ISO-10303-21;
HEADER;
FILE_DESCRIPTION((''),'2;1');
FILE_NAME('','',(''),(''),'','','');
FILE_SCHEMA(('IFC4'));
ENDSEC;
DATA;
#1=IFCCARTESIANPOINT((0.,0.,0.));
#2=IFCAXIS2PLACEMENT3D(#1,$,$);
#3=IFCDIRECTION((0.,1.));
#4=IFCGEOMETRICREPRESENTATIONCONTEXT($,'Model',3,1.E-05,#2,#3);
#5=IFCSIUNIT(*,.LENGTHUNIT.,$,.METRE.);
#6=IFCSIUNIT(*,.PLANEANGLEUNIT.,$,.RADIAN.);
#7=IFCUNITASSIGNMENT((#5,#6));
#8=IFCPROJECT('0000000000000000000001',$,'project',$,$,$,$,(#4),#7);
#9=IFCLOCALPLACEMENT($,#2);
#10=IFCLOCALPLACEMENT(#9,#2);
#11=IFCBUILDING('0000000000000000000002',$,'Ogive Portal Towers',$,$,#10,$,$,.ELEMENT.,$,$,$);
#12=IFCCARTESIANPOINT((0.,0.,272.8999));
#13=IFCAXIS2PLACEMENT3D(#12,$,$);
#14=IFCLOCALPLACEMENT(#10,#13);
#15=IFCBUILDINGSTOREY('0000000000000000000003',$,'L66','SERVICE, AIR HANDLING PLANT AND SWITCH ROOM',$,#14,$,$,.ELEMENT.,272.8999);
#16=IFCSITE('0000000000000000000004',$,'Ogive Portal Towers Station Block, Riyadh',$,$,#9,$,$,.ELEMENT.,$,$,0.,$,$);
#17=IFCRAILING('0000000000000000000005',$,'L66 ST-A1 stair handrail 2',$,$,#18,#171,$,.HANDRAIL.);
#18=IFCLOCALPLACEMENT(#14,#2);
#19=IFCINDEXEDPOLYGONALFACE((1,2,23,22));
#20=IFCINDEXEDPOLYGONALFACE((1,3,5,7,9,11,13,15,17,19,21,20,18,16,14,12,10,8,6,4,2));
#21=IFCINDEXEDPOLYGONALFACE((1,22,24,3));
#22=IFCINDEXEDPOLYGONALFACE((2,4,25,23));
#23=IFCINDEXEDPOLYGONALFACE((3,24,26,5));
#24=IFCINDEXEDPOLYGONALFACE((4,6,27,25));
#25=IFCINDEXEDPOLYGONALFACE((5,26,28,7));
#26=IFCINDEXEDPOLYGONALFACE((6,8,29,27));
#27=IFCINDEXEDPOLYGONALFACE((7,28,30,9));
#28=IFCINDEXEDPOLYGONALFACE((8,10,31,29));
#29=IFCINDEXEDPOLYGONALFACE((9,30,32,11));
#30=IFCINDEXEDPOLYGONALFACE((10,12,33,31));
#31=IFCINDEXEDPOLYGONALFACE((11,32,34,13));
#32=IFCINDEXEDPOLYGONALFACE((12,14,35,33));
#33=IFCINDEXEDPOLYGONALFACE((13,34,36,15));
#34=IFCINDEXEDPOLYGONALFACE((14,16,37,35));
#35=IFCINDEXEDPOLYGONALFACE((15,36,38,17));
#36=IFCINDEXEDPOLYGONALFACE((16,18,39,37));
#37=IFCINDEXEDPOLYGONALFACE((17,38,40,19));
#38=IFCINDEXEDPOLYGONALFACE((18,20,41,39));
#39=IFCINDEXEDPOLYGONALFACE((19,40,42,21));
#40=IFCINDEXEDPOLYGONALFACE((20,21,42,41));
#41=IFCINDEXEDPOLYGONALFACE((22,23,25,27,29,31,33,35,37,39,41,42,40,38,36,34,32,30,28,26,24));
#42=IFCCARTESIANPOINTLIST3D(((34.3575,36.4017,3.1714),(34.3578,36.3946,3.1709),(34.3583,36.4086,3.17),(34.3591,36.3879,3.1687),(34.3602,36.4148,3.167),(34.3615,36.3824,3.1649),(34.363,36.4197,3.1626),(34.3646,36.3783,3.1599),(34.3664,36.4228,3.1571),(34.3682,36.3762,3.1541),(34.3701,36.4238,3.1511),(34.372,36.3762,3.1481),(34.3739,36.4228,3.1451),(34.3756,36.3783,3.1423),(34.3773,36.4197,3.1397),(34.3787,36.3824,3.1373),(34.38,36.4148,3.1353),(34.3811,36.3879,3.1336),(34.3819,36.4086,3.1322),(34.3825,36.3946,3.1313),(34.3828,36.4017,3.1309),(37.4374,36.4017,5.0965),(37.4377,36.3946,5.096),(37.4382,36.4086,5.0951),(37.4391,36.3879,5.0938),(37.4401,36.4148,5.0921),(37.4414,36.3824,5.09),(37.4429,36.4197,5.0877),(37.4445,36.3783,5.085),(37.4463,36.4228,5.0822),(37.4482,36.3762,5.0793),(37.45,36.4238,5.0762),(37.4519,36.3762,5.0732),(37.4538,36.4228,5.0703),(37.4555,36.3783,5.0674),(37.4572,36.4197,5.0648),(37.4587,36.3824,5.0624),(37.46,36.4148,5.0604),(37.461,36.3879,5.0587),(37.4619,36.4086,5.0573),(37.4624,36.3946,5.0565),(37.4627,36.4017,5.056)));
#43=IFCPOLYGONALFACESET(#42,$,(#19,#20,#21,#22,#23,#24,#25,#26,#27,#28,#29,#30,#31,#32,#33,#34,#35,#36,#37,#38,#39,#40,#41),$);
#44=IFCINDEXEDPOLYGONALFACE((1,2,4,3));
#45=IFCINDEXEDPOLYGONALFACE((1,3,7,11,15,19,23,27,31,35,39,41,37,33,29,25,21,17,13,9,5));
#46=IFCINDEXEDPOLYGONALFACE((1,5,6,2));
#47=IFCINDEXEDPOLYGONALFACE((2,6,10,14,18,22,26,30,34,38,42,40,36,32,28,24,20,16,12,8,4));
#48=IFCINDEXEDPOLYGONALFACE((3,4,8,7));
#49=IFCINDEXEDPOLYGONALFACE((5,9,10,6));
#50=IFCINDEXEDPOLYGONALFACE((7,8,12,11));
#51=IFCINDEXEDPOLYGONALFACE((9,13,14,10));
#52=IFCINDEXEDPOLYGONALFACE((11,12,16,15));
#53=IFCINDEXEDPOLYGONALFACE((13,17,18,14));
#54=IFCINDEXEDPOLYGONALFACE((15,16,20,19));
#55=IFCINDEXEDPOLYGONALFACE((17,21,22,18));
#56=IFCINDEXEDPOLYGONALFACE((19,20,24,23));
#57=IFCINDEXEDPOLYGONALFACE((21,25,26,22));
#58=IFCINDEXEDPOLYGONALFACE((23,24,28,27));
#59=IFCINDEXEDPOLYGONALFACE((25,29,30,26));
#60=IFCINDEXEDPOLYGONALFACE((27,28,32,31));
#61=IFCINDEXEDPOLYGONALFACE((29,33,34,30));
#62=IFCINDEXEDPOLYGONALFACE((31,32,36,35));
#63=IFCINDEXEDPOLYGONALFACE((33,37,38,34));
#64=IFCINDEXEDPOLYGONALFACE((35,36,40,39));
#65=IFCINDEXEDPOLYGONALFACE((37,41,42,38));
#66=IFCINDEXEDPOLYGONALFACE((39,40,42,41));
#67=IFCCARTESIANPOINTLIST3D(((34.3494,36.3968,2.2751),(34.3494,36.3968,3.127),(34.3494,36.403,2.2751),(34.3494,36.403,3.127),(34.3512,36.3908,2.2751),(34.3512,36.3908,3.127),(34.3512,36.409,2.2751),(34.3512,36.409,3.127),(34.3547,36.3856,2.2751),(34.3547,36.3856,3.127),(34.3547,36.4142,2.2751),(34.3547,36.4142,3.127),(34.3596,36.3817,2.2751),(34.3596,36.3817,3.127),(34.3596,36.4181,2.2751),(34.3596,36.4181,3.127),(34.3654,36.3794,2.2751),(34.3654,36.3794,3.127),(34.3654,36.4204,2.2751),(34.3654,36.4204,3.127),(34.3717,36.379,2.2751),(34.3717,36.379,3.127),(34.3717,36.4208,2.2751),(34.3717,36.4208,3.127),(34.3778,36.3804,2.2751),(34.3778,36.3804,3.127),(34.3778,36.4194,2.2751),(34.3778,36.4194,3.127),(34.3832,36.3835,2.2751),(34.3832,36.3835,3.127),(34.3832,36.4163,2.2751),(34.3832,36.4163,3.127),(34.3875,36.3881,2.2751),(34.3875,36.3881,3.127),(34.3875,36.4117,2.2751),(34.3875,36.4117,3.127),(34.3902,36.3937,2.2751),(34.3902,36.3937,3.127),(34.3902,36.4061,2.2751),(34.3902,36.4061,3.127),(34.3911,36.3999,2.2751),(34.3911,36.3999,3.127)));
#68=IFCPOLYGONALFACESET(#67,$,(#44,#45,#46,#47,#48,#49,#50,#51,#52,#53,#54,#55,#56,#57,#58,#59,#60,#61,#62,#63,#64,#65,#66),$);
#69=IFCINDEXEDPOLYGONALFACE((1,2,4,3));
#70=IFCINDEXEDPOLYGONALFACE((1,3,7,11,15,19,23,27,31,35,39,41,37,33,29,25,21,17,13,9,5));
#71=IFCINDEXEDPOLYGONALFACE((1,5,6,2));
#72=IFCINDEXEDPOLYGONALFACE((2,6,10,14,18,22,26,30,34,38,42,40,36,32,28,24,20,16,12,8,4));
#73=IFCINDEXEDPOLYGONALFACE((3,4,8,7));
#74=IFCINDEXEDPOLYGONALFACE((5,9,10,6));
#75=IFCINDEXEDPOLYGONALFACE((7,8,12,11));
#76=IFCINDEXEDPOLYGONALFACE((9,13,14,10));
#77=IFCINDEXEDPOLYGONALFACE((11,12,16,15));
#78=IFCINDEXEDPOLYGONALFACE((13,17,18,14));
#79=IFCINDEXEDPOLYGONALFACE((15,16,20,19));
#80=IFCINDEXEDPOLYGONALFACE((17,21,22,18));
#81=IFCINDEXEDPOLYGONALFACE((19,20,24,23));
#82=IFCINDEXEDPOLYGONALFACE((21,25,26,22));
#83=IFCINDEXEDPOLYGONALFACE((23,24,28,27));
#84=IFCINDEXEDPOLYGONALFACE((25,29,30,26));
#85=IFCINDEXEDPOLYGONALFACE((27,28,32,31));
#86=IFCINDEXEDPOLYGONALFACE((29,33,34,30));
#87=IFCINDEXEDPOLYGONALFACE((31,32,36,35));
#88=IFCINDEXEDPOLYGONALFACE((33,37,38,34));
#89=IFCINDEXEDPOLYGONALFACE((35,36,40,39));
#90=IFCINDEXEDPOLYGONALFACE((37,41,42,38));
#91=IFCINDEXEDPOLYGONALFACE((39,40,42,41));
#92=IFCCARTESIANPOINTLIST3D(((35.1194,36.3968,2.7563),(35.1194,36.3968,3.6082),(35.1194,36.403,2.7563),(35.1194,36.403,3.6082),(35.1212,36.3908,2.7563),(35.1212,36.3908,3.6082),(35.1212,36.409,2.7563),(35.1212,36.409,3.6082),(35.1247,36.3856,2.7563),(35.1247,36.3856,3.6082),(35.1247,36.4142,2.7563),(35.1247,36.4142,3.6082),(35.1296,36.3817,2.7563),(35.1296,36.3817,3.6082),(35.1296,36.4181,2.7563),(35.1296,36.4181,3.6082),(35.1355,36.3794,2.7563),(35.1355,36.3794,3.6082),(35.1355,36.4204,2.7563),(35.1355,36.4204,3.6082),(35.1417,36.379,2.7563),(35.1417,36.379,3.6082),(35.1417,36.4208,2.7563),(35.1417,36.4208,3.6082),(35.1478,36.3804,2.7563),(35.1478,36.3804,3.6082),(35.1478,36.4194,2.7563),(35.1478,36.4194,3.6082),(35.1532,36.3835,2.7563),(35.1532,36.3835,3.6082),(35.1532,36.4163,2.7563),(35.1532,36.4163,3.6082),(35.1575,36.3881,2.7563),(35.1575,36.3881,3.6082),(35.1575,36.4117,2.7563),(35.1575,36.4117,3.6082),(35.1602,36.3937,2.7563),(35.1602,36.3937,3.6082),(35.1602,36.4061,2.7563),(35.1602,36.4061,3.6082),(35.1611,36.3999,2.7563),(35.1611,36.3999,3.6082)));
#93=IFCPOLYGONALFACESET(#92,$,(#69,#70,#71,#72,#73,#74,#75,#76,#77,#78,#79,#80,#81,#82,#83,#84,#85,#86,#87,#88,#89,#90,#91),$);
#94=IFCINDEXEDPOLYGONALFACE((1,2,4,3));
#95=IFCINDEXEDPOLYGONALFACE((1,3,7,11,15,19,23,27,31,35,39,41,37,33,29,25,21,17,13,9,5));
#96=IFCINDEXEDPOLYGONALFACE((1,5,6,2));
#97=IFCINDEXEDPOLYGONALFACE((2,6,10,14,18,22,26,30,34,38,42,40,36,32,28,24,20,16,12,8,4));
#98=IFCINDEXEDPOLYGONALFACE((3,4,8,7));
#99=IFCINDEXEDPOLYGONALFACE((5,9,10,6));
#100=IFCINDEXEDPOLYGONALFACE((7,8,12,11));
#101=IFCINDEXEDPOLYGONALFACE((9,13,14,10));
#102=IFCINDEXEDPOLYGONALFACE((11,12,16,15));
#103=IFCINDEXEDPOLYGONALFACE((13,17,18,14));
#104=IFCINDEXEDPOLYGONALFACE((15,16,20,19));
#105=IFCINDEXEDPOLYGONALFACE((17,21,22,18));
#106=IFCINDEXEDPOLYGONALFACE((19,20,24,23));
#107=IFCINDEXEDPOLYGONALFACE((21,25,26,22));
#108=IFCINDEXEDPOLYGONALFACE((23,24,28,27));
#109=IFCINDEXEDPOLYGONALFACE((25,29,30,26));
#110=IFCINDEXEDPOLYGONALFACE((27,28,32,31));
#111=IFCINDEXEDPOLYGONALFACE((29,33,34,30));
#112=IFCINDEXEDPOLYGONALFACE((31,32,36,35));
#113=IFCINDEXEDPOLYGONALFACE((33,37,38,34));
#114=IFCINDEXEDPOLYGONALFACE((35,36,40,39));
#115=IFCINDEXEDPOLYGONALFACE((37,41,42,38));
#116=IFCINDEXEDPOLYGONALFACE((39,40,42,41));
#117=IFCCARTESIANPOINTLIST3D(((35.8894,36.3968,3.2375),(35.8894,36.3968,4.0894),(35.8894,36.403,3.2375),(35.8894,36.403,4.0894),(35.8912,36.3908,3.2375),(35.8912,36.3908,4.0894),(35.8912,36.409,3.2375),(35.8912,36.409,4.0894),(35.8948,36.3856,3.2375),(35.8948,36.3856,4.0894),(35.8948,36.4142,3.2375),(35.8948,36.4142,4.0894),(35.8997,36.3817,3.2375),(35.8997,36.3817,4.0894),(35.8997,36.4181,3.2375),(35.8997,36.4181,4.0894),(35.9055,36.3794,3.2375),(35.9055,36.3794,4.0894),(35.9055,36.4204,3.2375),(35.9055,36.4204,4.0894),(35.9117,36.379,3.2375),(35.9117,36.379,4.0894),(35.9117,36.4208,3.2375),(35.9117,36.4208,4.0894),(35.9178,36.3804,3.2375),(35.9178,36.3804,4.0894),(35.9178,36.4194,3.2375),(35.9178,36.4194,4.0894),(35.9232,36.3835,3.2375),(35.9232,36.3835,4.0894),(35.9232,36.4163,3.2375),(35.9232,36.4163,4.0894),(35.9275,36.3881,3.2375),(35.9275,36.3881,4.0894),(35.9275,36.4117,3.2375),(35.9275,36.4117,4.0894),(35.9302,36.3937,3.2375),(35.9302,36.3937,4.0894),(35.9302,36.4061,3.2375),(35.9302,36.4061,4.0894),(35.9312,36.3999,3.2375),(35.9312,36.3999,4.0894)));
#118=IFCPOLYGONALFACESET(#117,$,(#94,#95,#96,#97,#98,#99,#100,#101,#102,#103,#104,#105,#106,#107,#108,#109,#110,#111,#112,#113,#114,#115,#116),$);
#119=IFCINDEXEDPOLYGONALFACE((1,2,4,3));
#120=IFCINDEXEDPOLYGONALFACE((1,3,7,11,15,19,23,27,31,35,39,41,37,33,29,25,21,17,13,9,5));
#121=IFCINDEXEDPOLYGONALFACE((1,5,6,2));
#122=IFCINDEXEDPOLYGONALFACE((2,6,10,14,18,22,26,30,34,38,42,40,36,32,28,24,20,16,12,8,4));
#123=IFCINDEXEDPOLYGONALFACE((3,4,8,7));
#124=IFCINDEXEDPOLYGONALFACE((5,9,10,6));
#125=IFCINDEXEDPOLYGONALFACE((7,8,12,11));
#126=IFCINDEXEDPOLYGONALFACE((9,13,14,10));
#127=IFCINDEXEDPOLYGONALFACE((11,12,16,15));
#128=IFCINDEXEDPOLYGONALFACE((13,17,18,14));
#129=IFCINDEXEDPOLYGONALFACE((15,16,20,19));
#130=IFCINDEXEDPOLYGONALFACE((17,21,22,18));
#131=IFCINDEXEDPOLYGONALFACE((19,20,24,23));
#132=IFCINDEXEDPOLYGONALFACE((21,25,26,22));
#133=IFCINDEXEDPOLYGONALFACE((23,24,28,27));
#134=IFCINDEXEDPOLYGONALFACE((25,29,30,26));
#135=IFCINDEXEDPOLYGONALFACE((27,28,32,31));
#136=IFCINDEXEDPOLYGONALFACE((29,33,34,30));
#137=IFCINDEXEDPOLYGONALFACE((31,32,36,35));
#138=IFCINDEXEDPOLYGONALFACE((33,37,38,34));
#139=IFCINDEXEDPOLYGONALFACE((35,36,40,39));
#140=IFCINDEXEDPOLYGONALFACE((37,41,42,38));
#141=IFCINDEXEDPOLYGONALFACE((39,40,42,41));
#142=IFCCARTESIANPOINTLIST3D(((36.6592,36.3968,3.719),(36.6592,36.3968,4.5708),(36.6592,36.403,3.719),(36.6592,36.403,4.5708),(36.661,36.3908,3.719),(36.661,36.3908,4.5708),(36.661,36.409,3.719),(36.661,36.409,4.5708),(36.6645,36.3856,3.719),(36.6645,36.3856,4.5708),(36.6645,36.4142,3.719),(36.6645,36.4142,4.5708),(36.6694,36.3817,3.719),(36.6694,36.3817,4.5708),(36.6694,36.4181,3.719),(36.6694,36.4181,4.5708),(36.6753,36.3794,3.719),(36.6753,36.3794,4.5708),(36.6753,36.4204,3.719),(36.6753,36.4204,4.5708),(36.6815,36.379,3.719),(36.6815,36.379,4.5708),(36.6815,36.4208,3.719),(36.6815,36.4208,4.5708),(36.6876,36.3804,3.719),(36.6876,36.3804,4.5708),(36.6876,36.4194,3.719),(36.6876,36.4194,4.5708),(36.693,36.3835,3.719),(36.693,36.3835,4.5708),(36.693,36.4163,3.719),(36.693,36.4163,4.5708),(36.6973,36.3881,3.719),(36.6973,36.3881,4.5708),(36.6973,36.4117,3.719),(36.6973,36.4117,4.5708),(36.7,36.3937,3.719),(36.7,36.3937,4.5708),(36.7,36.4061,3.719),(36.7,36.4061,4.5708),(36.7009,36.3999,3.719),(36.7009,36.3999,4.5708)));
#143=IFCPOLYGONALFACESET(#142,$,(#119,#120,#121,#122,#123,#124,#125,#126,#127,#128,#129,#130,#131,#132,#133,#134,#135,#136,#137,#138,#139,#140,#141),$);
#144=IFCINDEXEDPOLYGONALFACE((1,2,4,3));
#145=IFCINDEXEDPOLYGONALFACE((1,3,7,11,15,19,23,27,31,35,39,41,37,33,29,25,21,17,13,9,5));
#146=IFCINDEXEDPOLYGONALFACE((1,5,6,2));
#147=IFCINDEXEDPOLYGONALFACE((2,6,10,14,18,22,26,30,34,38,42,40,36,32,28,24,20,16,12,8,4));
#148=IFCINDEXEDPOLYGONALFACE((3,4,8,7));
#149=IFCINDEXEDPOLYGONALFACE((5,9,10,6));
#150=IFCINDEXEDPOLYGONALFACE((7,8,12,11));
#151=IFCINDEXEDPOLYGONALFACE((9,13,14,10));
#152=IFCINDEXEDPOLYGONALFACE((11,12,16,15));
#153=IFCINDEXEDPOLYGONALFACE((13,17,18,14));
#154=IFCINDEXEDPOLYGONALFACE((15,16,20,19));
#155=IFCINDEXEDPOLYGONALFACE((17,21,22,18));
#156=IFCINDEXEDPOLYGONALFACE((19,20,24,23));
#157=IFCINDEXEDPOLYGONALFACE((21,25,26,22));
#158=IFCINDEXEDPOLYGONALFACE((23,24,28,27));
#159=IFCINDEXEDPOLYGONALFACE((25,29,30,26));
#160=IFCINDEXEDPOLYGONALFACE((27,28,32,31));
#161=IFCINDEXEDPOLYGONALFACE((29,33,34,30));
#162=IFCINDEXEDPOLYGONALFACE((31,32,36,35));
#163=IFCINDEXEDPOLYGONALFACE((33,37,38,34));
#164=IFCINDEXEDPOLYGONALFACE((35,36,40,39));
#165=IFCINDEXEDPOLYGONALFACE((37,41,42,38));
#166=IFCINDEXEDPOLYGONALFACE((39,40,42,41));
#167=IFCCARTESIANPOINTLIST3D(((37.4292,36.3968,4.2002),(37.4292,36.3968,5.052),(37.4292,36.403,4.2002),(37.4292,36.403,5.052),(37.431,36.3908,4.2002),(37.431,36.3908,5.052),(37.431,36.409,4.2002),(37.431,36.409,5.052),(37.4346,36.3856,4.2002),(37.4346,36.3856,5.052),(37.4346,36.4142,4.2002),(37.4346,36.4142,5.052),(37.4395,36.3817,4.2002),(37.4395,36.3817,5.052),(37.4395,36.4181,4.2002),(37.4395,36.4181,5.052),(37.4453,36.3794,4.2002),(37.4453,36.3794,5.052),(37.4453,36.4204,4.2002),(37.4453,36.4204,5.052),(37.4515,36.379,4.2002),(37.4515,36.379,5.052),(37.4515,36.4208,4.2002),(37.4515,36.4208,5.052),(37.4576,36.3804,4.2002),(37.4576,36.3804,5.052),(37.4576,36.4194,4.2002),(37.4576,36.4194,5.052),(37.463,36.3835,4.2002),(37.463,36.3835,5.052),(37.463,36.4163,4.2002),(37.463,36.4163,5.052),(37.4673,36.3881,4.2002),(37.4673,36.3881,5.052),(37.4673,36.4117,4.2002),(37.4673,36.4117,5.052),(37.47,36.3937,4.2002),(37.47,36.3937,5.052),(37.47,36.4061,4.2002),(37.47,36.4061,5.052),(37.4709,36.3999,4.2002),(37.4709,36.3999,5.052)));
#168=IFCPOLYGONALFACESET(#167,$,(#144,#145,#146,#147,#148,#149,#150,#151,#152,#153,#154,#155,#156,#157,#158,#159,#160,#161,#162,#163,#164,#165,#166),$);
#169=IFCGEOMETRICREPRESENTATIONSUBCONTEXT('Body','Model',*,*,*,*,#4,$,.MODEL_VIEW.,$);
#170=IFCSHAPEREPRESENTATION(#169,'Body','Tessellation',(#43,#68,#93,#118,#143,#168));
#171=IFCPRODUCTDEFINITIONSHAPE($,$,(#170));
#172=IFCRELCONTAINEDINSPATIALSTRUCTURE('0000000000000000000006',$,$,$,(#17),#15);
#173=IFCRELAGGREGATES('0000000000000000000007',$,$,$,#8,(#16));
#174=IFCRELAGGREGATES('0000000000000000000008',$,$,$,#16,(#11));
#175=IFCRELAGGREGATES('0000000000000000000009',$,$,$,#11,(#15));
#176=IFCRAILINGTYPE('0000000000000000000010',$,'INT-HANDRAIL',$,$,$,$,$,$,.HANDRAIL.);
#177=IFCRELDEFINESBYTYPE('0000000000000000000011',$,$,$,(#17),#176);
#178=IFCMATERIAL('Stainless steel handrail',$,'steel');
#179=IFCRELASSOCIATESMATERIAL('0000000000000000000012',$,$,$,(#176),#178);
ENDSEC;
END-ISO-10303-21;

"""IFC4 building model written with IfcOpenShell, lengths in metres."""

from ifc_helpers import new_model, si_unit, direction, frame, origin, origin_2d, place, context, subcontext, project, spatial, circle, extrude, material, type_object, element, save


model = new_model("IFC4")

# Units and contexts
model_context = context("Model", 3, precision=1e-05, world=origin(), true_north=direction((0.0, 1.0)))
body_context = subcontext(model_context, "Body", "Model", "MODEL_VIEW")
ifc_project = project(units=[si_unit("LENGTHUNIT", "METRE"), si_unit("PLANEANGLEUNIT", "RADIAN")], contexts=[model_context])

# Site, building, storey
site_placement = place(None, origin())
site = spatial("IfcSite", under=ifc_project, at=site_placement, Name="Ogive Portal Towers Station Block, Riyadh", CompositionType="ELEMENT", RefElevation=0.0)
building_placement = place(site_placement, origin())
building = spatial("IfcBuilding", under=site, at=building_placement, Name="Ogive Portal Towers", CompositionType="ELEMENT")
storey_placement = place(building_placement, frame((0.0, 0.0, 272.8999)))
storey = spatial("IfcBuildingStorey", under=building, at=storey_placement, Name="L66", Description="SERVICE, AIR HANDLING PLANT AND SWITCH ROOM", CompositionType="ELEMENT", Elevation=272.8999)

# Railing
ifc_material_1 = material(Name="Stainless steel handrail", Category="steel")
railing_type_1 = type_object("IfcRailingType", Name="INT-HANDRAIL", PredefinedType="HANDRAIL", material=ifc_material_1)
railing_1_placement = place(storey_placement, frame((34.3701, 36.3999, 2.2751)))
element("IfcRailing", 1, at=railing_1_placement, inside=storey, type_object=railing_type_1, Name="L66 ST-A1 stair handrail 2", PredefinedType="HANDRAIL", context=body_context, shape_type="SweptSolid", body=[
    extrude(circle(Radius=0.0239, at=origin_2d()), frame((0.0, 0.0, 0.876), z_axis=(0.847979, 0.0, 0.530029), x_axis=(0.0, 1.0, 0.0)), (0.0, 0.0, 1.0), 3.6321),
    extrude(circle(Radius=0.021, at=origin_2d()), origin(), (0.0, 0.0, 1.0), 0.8518),
    extrude(circle(Radius=0.021, at=origin_2d()), frame((0.77, 0.0, 0.4812)), (0.0, 0.0, 1.0), 0.8518),
    extrude(circle(Radius=0.021, at=origin_2d()), frame((1.54, 0.0, 0.9624)), (0.0, 0.0, 1.0), 0.8518),
    extrude(circle(Radius=0.021, at=origin_2d()), frame((2.3098, 0.0, 1.4438)), (0.0, 0.0, 1.0), 0.8518),
    extrude(circle(Radius=0.021, at=origin_2d()), frame((3.0798, 0.0, 1.925)), (0.0, 0.0, 1.0), 0.8518),
])

save(model, "model.ifc")
